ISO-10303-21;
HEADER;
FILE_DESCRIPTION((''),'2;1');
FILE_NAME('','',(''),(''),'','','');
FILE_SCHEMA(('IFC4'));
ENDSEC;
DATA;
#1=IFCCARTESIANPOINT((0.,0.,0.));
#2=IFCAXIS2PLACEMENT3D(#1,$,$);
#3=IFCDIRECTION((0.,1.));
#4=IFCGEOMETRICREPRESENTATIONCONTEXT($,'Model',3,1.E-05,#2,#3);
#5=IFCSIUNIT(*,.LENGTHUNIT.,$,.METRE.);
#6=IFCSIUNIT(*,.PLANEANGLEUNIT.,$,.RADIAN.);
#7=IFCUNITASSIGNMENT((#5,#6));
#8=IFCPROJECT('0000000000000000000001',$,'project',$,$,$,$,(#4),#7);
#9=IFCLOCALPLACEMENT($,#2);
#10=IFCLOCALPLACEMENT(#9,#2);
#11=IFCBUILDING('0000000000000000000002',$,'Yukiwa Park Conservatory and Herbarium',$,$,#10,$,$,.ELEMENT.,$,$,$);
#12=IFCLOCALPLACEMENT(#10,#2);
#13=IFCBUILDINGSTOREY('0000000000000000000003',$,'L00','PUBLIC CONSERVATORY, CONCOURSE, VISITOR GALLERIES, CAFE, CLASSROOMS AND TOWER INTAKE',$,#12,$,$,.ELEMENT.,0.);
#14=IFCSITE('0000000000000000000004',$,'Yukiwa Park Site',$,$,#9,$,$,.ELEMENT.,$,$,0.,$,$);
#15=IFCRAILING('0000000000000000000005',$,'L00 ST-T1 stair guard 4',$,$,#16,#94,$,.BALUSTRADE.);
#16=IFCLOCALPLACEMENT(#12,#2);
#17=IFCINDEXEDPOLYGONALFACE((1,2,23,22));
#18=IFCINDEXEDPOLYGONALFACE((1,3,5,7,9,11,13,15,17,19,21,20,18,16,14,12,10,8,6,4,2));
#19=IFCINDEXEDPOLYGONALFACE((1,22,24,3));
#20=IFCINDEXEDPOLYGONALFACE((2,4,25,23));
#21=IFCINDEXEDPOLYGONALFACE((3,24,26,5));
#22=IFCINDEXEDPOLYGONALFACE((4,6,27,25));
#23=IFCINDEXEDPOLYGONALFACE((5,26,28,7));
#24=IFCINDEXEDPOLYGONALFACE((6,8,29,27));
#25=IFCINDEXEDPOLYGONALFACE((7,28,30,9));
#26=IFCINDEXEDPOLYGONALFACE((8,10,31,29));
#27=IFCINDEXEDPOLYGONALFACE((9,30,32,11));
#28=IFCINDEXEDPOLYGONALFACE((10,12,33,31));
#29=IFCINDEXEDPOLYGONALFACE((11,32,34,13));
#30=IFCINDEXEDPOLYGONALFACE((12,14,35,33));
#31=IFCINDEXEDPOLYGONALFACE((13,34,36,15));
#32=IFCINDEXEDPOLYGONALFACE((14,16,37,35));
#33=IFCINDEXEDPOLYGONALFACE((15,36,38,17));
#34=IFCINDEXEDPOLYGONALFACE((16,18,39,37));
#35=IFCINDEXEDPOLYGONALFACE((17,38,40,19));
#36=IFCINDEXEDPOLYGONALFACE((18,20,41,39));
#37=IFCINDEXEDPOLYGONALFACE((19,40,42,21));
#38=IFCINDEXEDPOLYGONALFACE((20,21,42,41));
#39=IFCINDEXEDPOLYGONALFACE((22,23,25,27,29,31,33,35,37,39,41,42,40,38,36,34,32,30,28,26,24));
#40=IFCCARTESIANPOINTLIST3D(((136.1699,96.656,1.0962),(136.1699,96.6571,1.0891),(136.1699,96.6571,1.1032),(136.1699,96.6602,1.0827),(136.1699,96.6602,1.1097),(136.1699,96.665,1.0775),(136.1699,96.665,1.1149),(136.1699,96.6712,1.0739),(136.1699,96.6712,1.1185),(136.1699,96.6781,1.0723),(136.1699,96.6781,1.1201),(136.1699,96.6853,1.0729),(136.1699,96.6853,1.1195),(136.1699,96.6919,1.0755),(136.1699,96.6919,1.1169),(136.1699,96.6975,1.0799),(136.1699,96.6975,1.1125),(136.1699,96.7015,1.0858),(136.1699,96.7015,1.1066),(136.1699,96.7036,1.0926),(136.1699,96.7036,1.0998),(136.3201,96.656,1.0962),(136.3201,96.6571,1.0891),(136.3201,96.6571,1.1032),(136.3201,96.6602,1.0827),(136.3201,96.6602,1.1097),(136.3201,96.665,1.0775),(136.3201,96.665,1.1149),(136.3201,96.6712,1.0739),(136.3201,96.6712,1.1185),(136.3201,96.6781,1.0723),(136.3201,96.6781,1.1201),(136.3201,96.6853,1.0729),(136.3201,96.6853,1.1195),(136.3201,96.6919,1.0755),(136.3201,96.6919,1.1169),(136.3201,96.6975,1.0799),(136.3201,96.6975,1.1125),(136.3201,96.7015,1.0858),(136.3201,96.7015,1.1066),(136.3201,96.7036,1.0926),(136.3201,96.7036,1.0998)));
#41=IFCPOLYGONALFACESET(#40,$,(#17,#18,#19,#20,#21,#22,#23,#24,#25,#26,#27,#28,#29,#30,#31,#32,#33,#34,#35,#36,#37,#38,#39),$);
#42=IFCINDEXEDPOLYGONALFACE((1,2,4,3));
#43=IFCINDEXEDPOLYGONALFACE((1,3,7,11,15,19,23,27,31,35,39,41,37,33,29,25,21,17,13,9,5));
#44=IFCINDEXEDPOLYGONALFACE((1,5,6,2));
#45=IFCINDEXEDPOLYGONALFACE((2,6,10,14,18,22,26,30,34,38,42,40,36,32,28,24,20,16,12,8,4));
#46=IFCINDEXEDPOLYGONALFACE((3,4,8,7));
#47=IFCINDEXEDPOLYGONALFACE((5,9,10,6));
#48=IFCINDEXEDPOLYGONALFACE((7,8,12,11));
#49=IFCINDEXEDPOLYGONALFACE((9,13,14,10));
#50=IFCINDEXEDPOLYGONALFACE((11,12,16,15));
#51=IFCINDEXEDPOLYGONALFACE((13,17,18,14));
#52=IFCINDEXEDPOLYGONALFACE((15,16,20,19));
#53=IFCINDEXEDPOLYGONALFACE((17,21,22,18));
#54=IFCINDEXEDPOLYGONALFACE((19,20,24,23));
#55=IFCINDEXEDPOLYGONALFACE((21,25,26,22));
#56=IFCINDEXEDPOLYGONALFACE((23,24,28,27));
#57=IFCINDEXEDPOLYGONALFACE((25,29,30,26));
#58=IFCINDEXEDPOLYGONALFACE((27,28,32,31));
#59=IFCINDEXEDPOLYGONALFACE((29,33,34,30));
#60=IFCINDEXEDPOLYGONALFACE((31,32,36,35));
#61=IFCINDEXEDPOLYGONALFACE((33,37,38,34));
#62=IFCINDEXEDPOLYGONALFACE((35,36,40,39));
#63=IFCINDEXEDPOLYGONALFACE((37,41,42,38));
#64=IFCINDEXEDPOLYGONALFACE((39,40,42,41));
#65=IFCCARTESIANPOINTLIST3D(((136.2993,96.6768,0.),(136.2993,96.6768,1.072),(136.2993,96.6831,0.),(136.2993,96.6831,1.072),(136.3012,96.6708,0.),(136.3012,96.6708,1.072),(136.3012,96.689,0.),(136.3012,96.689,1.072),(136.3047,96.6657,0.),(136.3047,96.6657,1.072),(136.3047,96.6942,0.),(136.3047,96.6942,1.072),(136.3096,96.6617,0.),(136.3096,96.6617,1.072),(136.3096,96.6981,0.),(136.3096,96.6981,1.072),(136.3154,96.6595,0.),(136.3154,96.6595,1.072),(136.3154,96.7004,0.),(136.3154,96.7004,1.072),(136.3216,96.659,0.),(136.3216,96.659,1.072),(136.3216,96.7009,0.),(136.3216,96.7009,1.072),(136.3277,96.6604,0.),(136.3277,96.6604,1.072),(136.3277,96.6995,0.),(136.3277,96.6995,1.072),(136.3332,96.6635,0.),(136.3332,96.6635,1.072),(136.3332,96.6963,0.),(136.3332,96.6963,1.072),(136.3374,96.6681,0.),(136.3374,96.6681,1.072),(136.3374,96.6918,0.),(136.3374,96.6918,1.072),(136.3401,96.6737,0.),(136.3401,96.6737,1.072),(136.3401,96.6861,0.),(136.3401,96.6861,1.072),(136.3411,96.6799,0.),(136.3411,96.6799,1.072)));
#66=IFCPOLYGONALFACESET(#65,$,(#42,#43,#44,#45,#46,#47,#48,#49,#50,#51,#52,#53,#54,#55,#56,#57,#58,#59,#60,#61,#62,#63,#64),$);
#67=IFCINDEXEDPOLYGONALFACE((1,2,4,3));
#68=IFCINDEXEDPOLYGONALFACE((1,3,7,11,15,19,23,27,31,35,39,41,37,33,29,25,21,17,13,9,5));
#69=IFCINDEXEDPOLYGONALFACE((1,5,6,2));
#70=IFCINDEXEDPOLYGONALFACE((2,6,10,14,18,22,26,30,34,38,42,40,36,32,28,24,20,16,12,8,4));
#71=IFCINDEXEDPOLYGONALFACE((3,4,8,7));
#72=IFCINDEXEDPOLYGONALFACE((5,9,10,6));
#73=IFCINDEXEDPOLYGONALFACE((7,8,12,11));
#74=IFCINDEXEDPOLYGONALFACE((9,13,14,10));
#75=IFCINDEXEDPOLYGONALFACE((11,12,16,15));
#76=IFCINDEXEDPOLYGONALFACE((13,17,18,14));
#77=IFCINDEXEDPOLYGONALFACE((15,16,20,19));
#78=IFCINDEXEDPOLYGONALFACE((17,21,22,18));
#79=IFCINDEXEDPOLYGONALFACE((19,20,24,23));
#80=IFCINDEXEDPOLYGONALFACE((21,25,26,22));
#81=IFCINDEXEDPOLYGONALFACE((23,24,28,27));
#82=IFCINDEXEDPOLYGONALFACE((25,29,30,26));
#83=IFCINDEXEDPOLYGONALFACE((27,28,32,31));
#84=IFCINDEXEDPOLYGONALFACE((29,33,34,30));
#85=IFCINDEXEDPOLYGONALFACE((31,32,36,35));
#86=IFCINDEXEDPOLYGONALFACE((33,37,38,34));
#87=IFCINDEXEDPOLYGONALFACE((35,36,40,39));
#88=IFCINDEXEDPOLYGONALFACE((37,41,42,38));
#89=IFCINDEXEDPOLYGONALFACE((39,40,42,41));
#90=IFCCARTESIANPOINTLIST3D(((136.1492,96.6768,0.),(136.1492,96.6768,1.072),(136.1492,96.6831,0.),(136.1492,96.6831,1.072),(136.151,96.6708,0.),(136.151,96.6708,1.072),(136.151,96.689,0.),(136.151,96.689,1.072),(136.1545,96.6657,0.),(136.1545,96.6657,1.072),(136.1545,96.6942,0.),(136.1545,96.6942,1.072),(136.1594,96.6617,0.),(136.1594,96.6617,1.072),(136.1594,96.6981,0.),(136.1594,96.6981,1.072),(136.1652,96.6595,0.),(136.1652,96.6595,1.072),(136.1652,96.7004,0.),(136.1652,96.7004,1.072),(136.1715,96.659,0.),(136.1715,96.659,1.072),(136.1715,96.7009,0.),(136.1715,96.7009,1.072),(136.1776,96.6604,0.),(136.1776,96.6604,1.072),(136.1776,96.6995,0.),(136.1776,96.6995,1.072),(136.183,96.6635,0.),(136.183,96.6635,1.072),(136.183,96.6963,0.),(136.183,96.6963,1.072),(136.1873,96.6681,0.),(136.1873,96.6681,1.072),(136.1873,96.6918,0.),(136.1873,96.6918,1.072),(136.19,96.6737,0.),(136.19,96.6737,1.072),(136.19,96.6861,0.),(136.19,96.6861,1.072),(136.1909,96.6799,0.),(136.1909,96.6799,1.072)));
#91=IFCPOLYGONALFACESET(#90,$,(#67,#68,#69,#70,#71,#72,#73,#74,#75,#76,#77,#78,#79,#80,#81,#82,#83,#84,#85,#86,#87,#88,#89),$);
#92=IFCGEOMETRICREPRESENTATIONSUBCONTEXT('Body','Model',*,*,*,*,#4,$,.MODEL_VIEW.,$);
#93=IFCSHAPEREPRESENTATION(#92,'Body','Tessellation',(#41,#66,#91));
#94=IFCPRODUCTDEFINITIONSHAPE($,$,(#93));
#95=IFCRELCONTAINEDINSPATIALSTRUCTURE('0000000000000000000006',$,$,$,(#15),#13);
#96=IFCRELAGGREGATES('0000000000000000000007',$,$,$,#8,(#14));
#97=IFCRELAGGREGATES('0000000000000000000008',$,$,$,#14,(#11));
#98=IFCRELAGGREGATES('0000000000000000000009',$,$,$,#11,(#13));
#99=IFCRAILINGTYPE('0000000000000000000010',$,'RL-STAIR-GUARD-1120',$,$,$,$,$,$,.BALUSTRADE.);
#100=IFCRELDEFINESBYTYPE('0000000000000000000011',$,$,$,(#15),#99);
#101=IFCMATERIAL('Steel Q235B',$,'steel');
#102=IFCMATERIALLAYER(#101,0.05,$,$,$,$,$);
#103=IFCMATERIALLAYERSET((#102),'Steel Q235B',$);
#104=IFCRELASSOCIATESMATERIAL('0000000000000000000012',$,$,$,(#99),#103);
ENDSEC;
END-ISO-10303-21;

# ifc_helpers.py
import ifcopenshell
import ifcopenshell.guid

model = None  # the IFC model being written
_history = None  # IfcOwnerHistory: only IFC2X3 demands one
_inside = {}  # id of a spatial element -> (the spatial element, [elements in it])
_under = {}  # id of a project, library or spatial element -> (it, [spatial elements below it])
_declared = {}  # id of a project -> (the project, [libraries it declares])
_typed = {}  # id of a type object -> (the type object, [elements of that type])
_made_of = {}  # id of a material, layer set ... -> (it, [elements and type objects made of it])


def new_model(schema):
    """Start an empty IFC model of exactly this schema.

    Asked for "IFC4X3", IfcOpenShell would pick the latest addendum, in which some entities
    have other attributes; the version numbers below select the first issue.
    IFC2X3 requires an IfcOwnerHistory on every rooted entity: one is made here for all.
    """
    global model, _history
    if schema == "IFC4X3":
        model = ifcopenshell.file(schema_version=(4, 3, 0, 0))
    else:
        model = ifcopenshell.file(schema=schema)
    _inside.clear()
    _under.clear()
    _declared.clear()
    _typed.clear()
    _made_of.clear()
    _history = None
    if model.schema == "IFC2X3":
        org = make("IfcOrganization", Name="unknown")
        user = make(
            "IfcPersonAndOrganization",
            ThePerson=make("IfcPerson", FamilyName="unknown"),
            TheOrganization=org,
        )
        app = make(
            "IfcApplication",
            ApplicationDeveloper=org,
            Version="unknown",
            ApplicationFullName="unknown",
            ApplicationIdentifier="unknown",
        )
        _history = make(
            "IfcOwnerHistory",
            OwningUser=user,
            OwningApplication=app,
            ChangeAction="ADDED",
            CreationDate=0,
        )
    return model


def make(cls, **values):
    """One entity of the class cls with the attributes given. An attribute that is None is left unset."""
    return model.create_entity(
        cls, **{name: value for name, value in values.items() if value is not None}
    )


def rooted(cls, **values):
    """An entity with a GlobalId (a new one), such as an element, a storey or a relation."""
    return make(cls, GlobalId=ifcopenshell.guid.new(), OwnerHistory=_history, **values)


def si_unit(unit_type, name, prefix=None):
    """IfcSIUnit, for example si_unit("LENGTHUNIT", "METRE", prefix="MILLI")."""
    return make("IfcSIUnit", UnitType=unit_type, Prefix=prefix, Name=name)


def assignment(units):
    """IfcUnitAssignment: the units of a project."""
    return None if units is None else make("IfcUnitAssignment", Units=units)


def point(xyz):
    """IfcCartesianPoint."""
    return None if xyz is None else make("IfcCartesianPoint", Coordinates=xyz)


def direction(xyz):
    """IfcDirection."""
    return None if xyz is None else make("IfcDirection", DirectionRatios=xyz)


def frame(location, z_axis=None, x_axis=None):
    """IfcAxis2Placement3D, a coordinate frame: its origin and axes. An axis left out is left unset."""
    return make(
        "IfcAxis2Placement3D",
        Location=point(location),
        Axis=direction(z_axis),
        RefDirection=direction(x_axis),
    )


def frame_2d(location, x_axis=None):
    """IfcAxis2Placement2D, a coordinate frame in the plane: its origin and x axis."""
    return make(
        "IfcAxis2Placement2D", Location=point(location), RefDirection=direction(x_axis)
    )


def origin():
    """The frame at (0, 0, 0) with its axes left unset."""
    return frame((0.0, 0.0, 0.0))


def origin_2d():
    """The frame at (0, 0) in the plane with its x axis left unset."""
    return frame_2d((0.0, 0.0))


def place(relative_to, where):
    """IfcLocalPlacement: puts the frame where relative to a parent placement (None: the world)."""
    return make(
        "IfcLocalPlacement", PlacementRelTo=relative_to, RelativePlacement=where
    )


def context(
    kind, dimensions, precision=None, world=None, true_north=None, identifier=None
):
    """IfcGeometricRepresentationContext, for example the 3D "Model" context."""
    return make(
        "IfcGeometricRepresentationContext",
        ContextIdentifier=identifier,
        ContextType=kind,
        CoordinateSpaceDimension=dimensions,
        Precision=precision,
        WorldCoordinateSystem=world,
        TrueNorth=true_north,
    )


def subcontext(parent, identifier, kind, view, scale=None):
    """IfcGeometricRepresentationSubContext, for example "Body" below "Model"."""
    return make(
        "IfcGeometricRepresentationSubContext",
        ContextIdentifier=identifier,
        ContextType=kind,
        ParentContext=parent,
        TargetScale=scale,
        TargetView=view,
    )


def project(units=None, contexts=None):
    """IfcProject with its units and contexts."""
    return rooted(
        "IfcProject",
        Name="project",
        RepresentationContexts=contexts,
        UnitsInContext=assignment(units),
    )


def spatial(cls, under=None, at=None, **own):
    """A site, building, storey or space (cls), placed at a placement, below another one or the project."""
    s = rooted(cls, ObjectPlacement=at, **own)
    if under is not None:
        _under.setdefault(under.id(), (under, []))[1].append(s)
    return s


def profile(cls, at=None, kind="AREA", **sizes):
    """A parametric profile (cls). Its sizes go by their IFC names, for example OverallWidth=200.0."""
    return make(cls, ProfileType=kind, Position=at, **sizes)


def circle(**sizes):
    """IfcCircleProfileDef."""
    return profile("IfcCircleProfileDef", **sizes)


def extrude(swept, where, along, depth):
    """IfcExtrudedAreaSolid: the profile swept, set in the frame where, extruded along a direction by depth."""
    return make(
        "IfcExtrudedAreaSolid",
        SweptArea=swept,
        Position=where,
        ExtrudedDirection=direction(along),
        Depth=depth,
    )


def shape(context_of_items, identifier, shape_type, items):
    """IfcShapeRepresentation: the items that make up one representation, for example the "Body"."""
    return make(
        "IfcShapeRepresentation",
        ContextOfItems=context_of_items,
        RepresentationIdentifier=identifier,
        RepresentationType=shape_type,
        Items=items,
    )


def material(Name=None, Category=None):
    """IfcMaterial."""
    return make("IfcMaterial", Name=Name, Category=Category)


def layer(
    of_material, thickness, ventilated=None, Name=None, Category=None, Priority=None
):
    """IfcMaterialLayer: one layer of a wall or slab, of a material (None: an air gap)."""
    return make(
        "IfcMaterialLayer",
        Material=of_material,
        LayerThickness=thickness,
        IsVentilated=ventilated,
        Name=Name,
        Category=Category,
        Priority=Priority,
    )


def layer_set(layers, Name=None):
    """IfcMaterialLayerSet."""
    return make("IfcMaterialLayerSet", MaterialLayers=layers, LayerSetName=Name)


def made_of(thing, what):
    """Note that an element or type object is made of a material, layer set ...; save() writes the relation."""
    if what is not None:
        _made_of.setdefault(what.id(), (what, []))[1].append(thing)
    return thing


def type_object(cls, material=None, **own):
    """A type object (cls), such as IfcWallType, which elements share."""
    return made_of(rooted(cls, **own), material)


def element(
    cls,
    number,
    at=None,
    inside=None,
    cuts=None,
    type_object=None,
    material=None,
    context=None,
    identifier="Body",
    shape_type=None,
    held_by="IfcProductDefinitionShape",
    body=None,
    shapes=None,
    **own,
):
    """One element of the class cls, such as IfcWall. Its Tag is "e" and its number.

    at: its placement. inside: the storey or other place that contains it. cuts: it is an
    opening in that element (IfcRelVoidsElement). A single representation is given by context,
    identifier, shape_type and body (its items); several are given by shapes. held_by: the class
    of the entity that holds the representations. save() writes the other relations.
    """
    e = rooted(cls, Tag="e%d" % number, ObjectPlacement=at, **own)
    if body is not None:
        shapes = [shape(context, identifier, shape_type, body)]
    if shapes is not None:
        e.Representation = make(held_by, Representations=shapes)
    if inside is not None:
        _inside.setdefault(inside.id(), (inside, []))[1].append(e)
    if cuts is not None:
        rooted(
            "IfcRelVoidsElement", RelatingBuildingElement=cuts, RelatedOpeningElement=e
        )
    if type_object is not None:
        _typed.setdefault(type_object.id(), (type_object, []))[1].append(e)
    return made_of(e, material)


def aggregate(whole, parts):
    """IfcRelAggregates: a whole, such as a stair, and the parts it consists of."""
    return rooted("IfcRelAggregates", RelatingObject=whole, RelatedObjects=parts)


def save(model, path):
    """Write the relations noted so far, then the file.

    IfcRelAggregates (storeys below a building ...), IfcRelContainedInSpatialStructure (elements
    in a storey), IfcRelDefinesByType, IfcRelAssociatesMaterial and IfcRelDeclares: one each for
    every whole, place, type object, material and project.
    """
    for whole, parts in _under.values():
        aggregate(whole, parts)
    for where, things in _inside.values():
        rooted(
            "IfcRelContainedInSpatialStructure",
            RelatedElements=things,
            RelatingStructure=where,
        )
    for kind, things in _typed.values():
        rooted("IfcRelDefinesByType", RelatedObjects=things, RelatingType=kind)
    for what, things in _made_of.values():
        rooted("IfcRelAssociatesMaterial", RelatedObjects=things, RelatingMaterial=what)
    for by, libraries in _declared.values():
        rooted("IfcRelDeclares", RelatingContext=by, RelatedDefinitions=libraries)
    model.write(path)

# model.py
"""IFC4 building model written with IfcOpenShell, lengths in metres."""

from ifc_helpers import new_model, si_unit, direction, frame, origin, origin_2d, place, context, subcontext, project, spatial, circle, extrude, material, layer, layer_set, type_object, element, save


model = new_model("IFC4")

# Units and contexts
model_context = context("Model", 3, precision=1e-05, world=origin(), true_north=direction((0.0, 1.0)))
body_context = subcontext(model_context, "Body", "Model", "MODEL_VIEW")
ifc_project = project(units=[si_unit("LENGTHUNIT", "METRE"), si_unit("PLANEANGLEUNIT", "RADIAN")], contexts=[model_context])

# Site, building, storey
site_placement = place(None, origin())
site = spatial("IfcSite", under=ifc_project, at=site_placement, Name="Yukiwa Park Site", CompositionType="ELEMENT", RefElevation=0.0)
building_placement = place(site_placement, origin())
building = spatial("IfcBuilding", under=site, at=building_placement, Name="Yukiwa Park Conservatory and Herbarium", CompositionType="ELEMENT")
storey_placement = place(building_placement, origin())
storey = spatial("IfcBuildingStorey", under=building, at=storey_placement, Name="L00", Description="PUBLIC CONSERVATORY, CONCOURSE, VISITOR GALLERIES, CAFE, CLASSROOMS AND TOWER INTAKE", CompositionType="ELEMENT", Elevation=0.0)

# Railing
ifc_material_1 = material(Name="Steel Q235B", Category="steel")
ifc_layer_1 = layer(ifc_material_1, 0.05)
ifc_layer_set_1 = layer_set([ifc_layer_1], Name="Steel Q235B")
railing_type_1 = type_object("IfcRailingType", Name="RL-STAIR-GUARD-1120", PredefinedType="BALUSTRADE", material=ifc_layer_set_1)
railing_1_placement = place(storey_placement, frame((136.3201, 96.6799, 0.0)))
element("IfcRailing", 1, at=railing_1_placement, inside=storey, type_object=railing_type_1, Name="L00 ST-T1 stair guard 4", PredefinedType="BALUSTRADE", context=body_context, shape_type="SweptSolid", body=[
    extrude(circle(Radius=0.0239, at=origin_2d()), frame((0.0, 0.0, 1.0962), z_axis=(-1.0, 0.0, 0.0), x_axis=(0.0, -1.0, 0.0)), (0.0, 0.0, 1.0), 0.1501),
    extrude(circle(Radius=0.021, at=origin_2d()), origin(), (0.0, 0.0, 1.0), 1.072),
    extrude(circle(Radius=0.021, at=origin_2d()), frame((-0.1501, 0.0, 0.0)), (0.0, 0.0, 1.0), 1.072),
])

save(model, "model.ifc")
